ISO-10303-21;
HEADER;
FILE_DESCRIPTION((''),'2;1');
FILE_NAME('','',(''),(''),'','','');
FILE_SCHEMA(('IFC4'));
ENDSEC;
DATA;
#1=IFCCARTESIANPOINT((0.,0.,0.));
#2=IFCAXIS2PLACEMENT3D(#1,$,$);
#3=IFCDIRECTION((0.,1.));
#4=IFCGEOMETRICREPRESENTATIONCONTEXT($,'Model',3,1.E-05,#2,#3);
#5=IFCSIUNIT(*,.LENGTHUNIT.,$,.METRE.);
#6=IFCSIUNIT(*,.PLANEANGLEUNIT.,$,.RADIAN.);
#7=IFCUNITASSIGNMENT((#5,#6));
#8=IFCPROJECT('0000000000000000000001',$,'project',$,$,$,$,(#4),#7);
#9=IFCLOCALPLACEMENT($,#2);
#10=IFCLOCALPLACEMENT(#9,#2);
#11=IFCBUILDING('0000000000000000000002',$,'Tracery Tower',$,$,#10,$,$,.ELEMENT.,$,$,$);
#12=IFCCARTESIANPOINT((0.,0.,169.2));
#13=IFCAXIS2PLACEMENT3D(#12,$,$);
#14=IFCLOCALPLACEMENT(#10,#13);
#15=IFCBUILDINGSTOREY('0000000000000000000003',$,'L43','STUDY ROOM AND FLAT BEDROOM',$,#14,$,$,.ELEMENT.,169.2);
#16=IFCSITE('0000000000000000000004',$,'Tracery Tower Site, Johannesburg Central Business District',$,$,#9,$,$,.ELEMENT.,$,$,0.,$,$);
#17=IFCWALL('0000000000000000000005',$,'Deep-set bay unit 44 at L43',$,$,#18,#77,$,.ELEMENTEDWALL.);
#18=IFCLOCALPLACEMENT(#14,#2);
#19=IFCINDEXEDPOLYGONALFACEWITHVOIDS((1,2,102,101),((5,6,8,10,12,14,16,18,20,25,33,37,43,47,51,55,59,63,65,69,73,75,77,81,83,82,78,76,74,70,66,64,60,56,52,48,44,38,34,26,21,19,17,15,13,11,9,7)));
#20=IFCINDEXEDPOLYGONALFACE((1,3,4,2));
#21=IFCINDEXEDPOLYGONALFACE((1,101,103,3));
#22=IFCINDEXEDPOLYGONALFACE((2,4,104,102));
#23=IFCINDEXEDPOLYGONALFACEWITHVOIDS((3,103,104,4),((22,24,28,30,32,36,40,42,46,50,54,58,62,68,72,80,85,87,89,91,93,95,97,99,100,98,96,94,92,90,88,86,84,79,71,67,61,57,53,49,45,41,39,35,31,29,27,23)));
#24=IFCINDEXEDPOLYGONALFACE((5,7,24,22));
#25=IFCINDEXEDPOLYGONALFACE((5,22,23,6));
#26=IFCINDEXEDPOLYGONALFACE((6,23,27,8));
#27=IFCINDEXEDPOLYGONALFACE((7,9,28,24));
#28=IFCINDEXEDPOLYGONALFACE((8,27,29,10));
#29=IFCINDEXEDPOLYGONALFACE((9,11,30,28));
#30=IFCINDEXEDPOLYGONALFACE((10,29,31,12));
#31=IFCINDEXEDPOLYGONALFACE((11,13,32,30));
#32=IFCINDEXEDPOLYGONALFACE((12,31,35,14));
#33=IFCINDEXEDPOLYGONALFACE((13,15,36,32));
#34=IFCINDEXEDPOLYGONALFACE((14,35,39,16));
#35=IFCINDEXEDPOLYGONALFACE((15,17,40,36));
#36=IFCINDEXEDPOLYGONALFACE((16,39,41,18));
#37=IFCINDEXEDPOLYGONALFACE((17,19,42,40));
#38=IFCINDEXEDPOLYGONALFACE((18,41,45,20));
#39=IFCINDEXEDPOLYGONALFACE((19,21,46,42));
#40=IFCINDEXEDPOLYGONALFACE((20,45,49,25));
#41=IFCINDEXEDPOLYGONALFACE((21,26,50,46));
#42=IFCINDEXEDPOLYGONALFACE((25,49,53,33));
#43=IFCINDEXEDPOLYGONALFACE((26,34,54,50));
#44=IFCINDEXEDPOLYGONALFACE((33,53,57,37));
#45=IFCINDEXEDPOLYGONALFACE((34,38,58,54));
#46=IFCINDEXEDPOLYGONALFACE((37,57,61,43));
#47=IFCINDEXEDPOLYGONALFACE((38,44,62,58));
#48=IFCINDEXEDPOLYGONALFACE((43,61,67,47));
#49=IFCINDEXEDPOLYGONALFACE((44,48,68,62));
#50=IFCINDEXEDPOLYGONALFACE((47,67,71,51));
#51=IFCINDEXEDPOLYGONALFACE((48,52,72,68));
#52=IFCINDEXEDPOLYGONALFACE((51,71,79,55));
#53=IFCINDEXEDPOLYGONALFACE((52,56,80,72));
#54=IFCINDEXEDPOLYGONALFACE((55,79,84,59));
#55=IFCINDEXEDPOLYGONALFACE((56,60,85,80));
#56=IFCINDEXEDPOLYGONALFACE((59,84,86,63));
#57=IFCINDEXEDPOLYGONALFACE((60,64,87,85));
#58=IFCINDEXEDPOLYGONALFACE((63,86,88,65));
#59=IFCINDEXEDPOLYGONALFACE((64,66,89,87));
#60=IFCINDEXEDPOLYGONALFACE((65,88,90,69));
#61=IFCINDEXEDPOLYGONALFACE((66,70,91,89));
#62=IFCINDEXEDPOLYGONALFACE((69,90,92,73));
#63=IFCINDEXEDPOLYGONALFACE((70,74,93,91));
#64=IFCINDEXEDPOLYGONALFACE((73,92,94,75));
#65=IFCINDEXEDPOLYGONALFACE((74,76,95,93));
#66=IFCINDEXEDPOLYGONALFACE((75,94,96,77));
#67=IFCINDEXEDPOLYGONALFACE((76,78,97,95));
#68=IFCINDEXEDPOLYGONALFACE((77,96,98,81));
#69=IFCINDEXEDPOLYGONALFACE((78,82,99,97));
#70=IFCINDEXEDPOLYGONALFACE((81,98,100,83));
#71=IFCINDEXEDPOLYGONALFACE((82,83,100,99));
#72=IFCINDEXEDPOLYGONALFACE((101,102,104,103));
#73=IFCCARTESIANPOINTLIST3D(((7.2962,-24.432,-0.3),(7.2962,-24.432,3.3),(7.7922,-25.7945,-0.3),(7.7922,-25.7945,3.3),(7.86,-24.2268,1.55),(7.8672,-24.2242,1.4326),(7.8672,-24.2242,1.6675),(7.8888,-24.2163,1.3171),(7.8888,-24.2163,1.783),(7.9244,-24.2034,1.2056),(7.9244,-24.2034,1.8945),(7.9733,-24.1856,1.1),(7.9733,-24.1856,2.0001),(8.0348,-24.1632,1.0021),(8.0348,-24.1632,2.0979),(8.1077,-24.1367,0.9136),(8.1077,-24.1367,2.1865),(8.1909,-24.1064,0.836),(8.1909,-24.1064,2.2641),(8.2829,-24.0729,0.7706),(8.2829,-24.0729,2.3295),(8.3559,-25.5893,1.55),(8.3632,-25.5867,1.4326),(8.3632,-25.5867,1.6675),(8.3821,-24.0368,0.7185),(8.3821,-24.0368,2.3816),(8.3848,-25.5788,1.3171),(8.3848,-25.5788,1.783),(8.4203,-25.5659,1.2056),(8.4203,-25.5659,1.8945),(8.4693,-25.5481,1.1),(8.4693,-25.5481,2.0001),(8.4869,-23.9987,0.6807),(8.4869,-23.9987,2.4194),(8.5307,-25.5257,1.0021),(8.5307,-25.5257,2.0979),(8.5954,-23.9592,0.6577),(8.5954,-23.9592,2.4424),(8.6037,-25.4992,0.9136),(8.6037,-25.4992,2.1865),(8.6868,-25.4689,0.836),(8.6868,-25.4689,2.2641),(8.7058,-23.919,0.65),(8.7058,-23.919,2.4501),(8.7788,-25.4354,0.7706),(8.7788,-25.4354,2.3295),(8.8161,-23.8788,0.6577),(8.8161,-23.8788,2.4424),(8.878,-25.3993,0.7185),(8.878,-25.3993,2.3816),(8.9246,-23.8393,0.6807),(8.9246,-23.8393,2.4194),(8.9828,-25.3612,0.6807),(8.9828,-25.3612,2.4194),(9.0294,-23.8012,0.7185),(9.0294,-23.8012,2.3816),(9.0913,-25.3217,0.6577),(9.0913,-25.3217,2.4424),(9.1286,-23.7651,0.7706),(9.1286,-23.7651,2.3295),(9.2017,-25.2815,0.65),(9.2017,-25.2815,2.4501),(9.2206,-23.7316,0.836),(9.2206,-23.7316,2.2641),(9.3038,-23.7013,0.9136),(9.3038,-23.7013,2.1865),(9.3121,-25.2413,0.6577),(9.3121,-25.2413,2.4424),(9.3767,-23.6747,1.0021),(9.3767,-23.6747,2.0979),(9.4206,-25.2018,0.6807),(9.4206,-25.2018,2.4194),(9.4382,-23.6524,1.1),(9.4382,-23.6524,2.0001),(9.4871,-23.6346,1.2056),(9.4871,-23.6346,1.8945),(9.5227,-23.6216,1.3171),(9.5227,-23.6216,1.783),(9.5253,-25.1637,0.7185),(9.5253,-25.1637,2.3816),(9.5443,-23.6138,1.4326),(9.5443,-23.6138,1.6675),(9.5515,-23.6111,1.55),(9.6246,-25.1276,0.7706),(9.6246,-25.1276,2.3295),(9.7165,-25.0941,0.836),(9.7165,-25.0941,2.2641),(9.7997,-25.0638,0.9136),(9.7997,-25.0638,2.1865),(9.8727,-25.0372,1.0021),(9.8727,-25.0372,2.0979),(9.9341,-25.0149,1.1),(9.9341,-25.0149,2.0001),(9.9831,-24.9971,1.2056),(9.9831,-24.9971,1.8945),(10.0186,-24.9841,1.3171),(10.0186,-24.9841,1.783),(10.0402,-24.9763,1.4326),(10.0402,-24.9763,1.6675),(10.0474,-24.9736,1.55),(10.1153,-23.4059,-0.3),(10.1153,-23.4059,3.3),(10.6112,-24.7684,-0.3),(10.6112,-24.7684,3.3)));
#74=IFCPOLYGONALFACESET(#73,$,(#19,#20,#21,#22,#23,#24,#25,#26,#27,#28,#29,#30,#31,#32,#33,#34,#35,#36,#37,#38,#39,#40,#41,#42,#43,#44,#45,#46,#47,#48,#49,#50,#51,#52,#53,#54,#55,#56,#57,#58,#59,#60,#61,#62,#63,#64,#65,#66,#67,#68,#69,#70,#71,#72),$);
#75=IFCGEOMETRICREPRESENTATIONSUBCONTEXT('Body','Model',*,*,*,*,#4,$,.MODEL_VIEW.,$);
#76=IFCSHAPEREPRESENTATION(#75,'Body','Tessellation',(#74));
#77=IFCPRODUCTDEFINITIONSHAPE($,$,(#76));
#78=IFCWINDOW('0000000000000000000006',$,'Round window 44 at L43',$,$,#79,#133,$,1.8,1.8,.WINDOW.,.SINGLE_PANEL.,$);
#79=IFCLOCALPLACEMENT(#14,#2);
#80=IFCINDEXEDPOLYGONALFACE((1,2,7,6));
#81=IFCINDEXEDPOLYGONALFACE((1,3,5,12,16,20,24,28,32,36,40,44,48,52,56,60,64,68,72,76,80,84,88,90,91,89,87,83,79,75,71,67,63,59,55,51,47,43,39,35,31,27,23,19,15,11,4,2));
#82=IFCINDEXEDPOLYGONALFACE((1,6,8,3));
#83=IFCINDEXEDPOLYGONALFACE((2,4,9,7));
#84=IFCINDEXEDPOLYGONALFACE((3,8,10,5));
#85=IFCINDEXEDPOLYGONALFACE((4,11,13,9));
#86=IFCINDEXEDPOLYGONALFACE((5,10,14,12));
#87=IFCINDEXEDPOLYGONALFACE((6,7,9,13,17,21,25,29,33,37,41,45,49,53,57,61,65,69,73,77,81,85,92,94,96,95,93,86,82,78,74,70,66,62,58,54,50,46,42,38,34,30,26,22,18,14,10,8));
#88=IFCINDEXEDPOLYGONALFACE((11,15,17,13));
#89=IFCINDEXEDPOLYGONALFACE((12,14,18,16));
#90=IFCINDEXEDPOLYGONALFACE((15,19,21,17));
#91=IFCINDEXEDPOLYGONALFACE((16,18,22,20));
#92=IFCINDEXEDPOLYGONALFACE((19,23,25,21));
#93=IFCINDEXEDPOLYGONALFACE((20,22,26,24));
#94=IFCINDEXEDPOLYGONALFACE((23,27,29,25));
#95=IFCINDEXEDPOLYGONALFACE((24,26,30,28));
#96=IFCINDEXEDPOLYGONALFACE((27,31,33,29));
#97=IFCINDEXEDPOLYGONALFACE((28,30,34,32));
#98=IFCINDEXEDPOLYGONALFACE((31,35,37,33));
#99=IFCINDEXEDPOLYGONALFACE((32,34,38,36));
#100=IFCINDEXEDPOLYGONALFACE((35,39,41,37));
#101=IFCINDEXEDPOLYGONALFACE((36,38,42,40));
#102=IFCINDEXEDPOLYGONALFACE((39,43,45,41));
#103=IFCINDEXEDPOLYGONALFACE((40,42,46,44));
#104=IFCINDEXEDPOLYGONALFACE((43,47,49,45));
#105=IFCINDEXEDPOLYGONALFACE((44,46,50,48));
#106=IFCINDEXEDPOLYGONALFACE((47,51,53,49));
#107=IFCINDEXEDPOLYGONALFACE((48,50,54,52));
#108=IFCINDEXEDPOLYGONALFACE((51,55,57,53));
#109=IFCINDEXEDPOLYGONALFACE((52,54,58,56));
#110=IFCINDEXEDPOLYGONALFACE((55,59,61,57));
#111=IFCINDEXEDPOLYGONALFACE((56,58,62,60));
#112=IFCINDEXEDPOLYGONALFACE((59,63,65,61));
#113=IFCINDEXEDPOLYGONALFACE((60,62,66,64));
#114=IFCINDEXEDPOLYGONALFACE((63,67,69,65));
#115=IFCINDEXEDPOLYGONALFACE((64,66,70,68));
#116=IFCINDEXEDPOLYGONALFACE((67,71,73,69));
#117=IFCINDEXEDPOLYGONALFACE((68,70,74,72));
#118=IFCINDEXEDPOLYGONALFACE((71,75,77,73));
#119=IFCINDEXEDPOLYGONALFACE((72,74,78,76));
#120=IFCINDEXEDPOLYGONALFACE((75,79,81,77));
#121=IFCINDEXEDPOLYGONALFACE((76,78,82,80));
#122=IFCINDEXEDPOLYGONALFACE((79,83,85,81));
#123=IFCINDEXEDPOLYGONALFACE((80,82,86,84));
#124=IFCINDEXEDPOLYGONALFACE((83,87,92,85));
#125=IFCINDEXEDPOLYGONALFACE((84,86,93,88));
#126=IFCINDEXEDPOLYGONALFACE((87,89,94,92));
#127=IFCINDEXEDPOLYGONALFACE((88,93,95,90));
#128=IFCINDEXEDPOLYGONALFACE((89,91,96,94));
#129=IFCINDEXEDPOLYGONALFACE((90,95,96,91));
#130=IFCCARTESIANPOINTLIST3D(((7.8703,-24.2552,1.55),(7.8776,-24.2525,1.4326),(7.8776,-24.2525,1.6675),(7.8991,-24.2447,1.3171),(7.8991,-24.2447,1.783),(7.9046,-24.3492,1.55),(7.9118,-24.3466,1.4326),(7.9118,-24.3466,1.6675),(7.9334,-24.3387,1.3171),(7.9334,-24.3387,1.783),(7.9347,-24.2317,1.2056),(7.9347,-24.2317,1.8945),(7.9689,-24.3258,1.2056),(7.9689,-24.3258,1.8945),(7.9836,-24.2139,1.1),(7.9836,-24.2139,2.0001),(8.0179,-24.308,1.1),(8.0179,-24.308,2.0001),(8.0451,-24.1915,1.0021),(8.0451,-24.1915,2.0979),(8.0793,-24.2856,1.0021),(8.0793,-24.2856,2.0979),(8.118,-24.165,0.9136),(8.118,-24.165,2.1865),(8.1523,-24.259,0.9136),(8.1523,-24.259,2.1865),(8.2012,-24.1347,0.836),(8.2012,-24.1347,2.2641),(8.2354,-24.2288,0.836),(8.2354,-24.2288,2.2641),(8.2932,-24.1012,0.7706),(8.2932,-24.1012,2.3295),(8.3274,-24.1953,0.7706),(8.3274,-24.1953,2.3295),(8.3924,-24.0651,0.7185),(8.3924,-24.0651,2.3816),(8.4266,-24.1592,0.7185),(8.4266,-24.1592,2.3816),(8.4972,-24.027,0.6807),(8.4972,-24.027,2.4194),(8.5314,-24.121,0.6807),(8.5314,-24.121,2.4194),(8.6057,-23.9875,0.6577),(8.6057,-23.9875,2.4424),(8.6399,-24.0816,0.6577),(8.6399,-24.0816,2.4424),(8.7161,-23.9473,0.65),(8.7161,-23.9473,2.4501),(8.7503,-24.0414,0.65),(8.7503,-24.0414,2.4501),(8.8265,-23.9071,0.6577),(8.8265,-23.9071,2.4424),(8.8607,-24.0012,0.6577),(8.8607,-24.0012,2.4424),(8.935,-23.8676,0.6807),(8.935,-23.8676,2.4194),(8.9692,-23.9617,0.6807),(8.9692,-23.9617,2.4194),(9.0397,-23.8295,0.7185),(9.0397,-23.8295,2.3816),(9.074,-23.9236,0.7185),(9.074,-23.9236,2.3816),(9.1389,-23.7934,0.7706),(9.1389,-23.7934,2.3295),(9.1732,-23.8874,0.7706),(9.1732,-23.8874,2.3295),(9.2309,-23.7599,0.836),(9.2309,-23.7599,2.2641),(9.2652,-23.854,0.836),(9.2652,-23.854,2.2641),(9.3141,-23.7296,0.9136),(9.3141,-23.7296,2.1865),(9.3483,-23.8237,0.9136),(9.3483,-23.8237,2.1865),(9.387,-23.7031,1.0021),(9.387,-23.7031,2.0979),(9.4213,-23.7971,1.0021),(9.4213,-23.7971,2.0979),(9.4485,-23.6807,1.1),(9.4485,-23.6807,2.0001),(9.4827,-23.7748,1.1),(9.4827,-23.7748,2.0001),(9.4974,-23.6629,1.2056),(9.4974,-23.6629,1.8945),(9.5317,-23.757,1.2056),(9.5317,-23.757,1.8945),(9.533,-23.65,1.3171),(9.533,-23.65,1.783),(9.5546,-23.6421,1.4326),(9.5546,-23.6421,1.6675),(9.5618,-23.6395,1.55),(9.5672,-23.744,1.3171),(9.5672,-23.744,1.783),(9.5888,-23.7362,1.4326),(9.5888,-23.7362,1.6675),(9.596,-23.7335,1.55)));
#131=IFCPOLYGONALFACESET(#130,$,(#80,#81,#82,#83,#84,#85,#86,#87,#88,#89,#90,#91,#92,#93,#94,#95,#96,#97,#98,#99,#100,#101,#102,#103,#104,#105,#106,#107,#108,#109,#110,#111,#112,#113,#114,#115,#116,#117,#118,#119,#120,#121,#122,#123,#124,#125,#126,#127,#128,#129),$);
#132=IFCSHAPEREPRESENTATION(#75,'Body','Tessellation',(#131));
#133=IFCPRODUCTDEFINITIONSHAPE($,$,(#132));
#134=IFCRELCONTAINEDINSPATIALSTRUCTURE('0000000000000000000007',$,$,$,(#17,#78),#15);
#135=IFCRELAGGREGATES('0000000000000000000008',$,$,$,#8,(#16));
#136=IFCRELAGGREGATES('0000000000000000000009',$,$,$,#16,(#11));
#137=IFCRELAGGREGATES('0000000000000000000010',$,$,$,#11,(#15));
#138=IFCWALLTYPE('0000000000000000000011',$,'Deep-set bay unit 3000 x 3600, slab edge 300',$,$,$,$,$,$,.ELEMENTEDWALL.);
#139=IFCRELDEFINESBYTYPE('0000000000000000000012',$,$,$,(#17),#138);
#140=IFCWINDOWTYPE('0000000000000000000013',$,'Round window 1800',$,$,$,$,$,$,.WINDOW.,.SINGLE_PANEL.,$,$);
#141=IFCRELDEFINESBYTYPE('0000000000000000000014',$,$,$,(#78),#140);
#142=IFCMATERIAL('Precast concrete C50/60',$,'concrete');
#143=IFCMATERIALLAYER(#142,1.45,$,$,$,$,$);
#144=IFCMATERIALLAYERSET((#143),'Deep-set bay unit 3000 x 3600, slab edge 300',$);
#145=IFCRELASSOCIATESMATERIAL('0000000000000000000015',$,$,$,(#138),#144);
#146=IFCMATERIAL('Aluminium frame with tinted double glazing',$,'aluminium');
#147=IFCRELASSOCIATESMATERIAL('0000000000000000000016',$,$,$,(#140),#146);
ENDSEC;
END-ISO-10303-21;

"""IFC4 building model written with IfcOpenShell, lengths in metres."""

from ifc_helpers import new_model, si_unit, direction, frame, frame_2d, origin, origin_2d, place, context, subcontext, project, spatial, rectangle, circle, extrude, material, layer, layer_set, type_object, element, fill, save


model = new_model("IFC4")

# Units and contexts
model_context = context("Model", 3, precision=1e-05, world=origin(), true_north=direction((0.0, 1.0)))
body_context = subcontext(model_context, "Body", "Model", "MODEL_VIEW")
ifc_project = project(units=[si_unit("LENGTHUNIT", "METRE"), si_unit("PLANEANGLEUNIT", "RADIAN")], contexts=[model_context])

# Site, building, storey
site_placement = place(None, origin())
site = spatial("IfcSite", under=ifc_project, at=site_placement, Name="Tracery Tower Site, Johannesburg Central Business District", CompositionType="ELEMENT", RefElevation=0.0)
building_placement = place(site_placement, origin())
building = spatial("IfcBuilding", under=site, at=building_placement, Name="Tracery Tower", CompositionType="ELEMENT")
storey_placement = place(building_placement, frame((0.0, 0.0, 169.2)))
storey = spatial("IfcBuildingStorey", under=building, at=storey_placement, Name="L43", Description="STUDY ROOM AND FLAT BEDROOM", CompositionType="ELEMENT", Elevation=169.2)

# Wall, opening, window
ifc_material_1 = material(Name="Precast concrete C50/60", Category="concrete")
ifc_layer_1 = layer(ifc_material_1, 1.45)
ifc_layer_set_1 = layer_set([ifc_layer_1], Name="Deep-set bay unit 3000 x 3600, slab edge 300")
wall_type_1 = type_object("IfcWallType", Name="Deep-set bay unit 3000 x 3600, slab edge 300", PredefinedType="ELEMENTEDWALL", material=ifc_layer_set_1)
wall_1_placement = place(storey_placement, frame((7.5442, -25.1133, -0.3), z_axis=(0.0, 0.0, 1.0), x_axis=(0.939686, 0.342037, 0.0)))
wall_1 = element("IfcWall", 1, at=wall_1_placement, inside=storey, type_object=wall_type_1, Name="Deep-set bay unit 44 at L43", PredefinedType="ELEMENTEDWALL", context=body_context, shape_type="SweptSolid", body=[
    extrude(rectangle(XDim=3.0, YDim=1.45, at=frame_2d((1.5, 0.0))), origin(), (0.0, 0.0, 1.0), 3.6001),
])
opening_1_placement = place(wall_1_placement, frame((1.5, 0.0, 1.8501)))
opening_1 = element("IfcOpeningElement", 2, at=opening_1_placement, cuts=wall_1, PredefinedType="OPENING", context=body_context, shape_type="SweptSolid", body=[
    extrude(circle(Radius=0.9, at=origin_2d()), frame((0.0, 0.7349, 0.0), z_axis=(0.0, -1.0, 0.0), x_axis=(1.0, 0.0, 0.0)), (0.0, 0.0, 1.0), 1.47),
])
ifc_material_2 = material(Name="Aluminium frame with tinted double glazing", Category="aluminium")
window_type = type_object("IfcWindowType", Name="Round window 1800", PartitioningType="SINGLE_PANEL", PredefinedType="WINDOW", material=ifc_material_2)
window_1_placement = place(opening_1_placement, origin())
window_1 = element("IfcWindow", 3, at=window_1_placement, inside=storey, type_object=window_type, Name="Round window 44 at L43", OverallHeight=1.8, OverallWidth=1.8, PartitioningType="SINGLE_PANEL", PredefinedType="WINDOW", context=body_context, shape_type="SweptSolid", body=[
    extrude(circle(Radius=0.9, at=origin_2d()), frame((0.0, 0.6948, 0.0), z_axis=(0.0, -1.0, 0.0), x_axis=(1.0, 0.0, 0.0)), (0.0, 0.0, 1.0), 0.1001),
])
fill(opening_1, window_1)

save(model, "model.ifc")
